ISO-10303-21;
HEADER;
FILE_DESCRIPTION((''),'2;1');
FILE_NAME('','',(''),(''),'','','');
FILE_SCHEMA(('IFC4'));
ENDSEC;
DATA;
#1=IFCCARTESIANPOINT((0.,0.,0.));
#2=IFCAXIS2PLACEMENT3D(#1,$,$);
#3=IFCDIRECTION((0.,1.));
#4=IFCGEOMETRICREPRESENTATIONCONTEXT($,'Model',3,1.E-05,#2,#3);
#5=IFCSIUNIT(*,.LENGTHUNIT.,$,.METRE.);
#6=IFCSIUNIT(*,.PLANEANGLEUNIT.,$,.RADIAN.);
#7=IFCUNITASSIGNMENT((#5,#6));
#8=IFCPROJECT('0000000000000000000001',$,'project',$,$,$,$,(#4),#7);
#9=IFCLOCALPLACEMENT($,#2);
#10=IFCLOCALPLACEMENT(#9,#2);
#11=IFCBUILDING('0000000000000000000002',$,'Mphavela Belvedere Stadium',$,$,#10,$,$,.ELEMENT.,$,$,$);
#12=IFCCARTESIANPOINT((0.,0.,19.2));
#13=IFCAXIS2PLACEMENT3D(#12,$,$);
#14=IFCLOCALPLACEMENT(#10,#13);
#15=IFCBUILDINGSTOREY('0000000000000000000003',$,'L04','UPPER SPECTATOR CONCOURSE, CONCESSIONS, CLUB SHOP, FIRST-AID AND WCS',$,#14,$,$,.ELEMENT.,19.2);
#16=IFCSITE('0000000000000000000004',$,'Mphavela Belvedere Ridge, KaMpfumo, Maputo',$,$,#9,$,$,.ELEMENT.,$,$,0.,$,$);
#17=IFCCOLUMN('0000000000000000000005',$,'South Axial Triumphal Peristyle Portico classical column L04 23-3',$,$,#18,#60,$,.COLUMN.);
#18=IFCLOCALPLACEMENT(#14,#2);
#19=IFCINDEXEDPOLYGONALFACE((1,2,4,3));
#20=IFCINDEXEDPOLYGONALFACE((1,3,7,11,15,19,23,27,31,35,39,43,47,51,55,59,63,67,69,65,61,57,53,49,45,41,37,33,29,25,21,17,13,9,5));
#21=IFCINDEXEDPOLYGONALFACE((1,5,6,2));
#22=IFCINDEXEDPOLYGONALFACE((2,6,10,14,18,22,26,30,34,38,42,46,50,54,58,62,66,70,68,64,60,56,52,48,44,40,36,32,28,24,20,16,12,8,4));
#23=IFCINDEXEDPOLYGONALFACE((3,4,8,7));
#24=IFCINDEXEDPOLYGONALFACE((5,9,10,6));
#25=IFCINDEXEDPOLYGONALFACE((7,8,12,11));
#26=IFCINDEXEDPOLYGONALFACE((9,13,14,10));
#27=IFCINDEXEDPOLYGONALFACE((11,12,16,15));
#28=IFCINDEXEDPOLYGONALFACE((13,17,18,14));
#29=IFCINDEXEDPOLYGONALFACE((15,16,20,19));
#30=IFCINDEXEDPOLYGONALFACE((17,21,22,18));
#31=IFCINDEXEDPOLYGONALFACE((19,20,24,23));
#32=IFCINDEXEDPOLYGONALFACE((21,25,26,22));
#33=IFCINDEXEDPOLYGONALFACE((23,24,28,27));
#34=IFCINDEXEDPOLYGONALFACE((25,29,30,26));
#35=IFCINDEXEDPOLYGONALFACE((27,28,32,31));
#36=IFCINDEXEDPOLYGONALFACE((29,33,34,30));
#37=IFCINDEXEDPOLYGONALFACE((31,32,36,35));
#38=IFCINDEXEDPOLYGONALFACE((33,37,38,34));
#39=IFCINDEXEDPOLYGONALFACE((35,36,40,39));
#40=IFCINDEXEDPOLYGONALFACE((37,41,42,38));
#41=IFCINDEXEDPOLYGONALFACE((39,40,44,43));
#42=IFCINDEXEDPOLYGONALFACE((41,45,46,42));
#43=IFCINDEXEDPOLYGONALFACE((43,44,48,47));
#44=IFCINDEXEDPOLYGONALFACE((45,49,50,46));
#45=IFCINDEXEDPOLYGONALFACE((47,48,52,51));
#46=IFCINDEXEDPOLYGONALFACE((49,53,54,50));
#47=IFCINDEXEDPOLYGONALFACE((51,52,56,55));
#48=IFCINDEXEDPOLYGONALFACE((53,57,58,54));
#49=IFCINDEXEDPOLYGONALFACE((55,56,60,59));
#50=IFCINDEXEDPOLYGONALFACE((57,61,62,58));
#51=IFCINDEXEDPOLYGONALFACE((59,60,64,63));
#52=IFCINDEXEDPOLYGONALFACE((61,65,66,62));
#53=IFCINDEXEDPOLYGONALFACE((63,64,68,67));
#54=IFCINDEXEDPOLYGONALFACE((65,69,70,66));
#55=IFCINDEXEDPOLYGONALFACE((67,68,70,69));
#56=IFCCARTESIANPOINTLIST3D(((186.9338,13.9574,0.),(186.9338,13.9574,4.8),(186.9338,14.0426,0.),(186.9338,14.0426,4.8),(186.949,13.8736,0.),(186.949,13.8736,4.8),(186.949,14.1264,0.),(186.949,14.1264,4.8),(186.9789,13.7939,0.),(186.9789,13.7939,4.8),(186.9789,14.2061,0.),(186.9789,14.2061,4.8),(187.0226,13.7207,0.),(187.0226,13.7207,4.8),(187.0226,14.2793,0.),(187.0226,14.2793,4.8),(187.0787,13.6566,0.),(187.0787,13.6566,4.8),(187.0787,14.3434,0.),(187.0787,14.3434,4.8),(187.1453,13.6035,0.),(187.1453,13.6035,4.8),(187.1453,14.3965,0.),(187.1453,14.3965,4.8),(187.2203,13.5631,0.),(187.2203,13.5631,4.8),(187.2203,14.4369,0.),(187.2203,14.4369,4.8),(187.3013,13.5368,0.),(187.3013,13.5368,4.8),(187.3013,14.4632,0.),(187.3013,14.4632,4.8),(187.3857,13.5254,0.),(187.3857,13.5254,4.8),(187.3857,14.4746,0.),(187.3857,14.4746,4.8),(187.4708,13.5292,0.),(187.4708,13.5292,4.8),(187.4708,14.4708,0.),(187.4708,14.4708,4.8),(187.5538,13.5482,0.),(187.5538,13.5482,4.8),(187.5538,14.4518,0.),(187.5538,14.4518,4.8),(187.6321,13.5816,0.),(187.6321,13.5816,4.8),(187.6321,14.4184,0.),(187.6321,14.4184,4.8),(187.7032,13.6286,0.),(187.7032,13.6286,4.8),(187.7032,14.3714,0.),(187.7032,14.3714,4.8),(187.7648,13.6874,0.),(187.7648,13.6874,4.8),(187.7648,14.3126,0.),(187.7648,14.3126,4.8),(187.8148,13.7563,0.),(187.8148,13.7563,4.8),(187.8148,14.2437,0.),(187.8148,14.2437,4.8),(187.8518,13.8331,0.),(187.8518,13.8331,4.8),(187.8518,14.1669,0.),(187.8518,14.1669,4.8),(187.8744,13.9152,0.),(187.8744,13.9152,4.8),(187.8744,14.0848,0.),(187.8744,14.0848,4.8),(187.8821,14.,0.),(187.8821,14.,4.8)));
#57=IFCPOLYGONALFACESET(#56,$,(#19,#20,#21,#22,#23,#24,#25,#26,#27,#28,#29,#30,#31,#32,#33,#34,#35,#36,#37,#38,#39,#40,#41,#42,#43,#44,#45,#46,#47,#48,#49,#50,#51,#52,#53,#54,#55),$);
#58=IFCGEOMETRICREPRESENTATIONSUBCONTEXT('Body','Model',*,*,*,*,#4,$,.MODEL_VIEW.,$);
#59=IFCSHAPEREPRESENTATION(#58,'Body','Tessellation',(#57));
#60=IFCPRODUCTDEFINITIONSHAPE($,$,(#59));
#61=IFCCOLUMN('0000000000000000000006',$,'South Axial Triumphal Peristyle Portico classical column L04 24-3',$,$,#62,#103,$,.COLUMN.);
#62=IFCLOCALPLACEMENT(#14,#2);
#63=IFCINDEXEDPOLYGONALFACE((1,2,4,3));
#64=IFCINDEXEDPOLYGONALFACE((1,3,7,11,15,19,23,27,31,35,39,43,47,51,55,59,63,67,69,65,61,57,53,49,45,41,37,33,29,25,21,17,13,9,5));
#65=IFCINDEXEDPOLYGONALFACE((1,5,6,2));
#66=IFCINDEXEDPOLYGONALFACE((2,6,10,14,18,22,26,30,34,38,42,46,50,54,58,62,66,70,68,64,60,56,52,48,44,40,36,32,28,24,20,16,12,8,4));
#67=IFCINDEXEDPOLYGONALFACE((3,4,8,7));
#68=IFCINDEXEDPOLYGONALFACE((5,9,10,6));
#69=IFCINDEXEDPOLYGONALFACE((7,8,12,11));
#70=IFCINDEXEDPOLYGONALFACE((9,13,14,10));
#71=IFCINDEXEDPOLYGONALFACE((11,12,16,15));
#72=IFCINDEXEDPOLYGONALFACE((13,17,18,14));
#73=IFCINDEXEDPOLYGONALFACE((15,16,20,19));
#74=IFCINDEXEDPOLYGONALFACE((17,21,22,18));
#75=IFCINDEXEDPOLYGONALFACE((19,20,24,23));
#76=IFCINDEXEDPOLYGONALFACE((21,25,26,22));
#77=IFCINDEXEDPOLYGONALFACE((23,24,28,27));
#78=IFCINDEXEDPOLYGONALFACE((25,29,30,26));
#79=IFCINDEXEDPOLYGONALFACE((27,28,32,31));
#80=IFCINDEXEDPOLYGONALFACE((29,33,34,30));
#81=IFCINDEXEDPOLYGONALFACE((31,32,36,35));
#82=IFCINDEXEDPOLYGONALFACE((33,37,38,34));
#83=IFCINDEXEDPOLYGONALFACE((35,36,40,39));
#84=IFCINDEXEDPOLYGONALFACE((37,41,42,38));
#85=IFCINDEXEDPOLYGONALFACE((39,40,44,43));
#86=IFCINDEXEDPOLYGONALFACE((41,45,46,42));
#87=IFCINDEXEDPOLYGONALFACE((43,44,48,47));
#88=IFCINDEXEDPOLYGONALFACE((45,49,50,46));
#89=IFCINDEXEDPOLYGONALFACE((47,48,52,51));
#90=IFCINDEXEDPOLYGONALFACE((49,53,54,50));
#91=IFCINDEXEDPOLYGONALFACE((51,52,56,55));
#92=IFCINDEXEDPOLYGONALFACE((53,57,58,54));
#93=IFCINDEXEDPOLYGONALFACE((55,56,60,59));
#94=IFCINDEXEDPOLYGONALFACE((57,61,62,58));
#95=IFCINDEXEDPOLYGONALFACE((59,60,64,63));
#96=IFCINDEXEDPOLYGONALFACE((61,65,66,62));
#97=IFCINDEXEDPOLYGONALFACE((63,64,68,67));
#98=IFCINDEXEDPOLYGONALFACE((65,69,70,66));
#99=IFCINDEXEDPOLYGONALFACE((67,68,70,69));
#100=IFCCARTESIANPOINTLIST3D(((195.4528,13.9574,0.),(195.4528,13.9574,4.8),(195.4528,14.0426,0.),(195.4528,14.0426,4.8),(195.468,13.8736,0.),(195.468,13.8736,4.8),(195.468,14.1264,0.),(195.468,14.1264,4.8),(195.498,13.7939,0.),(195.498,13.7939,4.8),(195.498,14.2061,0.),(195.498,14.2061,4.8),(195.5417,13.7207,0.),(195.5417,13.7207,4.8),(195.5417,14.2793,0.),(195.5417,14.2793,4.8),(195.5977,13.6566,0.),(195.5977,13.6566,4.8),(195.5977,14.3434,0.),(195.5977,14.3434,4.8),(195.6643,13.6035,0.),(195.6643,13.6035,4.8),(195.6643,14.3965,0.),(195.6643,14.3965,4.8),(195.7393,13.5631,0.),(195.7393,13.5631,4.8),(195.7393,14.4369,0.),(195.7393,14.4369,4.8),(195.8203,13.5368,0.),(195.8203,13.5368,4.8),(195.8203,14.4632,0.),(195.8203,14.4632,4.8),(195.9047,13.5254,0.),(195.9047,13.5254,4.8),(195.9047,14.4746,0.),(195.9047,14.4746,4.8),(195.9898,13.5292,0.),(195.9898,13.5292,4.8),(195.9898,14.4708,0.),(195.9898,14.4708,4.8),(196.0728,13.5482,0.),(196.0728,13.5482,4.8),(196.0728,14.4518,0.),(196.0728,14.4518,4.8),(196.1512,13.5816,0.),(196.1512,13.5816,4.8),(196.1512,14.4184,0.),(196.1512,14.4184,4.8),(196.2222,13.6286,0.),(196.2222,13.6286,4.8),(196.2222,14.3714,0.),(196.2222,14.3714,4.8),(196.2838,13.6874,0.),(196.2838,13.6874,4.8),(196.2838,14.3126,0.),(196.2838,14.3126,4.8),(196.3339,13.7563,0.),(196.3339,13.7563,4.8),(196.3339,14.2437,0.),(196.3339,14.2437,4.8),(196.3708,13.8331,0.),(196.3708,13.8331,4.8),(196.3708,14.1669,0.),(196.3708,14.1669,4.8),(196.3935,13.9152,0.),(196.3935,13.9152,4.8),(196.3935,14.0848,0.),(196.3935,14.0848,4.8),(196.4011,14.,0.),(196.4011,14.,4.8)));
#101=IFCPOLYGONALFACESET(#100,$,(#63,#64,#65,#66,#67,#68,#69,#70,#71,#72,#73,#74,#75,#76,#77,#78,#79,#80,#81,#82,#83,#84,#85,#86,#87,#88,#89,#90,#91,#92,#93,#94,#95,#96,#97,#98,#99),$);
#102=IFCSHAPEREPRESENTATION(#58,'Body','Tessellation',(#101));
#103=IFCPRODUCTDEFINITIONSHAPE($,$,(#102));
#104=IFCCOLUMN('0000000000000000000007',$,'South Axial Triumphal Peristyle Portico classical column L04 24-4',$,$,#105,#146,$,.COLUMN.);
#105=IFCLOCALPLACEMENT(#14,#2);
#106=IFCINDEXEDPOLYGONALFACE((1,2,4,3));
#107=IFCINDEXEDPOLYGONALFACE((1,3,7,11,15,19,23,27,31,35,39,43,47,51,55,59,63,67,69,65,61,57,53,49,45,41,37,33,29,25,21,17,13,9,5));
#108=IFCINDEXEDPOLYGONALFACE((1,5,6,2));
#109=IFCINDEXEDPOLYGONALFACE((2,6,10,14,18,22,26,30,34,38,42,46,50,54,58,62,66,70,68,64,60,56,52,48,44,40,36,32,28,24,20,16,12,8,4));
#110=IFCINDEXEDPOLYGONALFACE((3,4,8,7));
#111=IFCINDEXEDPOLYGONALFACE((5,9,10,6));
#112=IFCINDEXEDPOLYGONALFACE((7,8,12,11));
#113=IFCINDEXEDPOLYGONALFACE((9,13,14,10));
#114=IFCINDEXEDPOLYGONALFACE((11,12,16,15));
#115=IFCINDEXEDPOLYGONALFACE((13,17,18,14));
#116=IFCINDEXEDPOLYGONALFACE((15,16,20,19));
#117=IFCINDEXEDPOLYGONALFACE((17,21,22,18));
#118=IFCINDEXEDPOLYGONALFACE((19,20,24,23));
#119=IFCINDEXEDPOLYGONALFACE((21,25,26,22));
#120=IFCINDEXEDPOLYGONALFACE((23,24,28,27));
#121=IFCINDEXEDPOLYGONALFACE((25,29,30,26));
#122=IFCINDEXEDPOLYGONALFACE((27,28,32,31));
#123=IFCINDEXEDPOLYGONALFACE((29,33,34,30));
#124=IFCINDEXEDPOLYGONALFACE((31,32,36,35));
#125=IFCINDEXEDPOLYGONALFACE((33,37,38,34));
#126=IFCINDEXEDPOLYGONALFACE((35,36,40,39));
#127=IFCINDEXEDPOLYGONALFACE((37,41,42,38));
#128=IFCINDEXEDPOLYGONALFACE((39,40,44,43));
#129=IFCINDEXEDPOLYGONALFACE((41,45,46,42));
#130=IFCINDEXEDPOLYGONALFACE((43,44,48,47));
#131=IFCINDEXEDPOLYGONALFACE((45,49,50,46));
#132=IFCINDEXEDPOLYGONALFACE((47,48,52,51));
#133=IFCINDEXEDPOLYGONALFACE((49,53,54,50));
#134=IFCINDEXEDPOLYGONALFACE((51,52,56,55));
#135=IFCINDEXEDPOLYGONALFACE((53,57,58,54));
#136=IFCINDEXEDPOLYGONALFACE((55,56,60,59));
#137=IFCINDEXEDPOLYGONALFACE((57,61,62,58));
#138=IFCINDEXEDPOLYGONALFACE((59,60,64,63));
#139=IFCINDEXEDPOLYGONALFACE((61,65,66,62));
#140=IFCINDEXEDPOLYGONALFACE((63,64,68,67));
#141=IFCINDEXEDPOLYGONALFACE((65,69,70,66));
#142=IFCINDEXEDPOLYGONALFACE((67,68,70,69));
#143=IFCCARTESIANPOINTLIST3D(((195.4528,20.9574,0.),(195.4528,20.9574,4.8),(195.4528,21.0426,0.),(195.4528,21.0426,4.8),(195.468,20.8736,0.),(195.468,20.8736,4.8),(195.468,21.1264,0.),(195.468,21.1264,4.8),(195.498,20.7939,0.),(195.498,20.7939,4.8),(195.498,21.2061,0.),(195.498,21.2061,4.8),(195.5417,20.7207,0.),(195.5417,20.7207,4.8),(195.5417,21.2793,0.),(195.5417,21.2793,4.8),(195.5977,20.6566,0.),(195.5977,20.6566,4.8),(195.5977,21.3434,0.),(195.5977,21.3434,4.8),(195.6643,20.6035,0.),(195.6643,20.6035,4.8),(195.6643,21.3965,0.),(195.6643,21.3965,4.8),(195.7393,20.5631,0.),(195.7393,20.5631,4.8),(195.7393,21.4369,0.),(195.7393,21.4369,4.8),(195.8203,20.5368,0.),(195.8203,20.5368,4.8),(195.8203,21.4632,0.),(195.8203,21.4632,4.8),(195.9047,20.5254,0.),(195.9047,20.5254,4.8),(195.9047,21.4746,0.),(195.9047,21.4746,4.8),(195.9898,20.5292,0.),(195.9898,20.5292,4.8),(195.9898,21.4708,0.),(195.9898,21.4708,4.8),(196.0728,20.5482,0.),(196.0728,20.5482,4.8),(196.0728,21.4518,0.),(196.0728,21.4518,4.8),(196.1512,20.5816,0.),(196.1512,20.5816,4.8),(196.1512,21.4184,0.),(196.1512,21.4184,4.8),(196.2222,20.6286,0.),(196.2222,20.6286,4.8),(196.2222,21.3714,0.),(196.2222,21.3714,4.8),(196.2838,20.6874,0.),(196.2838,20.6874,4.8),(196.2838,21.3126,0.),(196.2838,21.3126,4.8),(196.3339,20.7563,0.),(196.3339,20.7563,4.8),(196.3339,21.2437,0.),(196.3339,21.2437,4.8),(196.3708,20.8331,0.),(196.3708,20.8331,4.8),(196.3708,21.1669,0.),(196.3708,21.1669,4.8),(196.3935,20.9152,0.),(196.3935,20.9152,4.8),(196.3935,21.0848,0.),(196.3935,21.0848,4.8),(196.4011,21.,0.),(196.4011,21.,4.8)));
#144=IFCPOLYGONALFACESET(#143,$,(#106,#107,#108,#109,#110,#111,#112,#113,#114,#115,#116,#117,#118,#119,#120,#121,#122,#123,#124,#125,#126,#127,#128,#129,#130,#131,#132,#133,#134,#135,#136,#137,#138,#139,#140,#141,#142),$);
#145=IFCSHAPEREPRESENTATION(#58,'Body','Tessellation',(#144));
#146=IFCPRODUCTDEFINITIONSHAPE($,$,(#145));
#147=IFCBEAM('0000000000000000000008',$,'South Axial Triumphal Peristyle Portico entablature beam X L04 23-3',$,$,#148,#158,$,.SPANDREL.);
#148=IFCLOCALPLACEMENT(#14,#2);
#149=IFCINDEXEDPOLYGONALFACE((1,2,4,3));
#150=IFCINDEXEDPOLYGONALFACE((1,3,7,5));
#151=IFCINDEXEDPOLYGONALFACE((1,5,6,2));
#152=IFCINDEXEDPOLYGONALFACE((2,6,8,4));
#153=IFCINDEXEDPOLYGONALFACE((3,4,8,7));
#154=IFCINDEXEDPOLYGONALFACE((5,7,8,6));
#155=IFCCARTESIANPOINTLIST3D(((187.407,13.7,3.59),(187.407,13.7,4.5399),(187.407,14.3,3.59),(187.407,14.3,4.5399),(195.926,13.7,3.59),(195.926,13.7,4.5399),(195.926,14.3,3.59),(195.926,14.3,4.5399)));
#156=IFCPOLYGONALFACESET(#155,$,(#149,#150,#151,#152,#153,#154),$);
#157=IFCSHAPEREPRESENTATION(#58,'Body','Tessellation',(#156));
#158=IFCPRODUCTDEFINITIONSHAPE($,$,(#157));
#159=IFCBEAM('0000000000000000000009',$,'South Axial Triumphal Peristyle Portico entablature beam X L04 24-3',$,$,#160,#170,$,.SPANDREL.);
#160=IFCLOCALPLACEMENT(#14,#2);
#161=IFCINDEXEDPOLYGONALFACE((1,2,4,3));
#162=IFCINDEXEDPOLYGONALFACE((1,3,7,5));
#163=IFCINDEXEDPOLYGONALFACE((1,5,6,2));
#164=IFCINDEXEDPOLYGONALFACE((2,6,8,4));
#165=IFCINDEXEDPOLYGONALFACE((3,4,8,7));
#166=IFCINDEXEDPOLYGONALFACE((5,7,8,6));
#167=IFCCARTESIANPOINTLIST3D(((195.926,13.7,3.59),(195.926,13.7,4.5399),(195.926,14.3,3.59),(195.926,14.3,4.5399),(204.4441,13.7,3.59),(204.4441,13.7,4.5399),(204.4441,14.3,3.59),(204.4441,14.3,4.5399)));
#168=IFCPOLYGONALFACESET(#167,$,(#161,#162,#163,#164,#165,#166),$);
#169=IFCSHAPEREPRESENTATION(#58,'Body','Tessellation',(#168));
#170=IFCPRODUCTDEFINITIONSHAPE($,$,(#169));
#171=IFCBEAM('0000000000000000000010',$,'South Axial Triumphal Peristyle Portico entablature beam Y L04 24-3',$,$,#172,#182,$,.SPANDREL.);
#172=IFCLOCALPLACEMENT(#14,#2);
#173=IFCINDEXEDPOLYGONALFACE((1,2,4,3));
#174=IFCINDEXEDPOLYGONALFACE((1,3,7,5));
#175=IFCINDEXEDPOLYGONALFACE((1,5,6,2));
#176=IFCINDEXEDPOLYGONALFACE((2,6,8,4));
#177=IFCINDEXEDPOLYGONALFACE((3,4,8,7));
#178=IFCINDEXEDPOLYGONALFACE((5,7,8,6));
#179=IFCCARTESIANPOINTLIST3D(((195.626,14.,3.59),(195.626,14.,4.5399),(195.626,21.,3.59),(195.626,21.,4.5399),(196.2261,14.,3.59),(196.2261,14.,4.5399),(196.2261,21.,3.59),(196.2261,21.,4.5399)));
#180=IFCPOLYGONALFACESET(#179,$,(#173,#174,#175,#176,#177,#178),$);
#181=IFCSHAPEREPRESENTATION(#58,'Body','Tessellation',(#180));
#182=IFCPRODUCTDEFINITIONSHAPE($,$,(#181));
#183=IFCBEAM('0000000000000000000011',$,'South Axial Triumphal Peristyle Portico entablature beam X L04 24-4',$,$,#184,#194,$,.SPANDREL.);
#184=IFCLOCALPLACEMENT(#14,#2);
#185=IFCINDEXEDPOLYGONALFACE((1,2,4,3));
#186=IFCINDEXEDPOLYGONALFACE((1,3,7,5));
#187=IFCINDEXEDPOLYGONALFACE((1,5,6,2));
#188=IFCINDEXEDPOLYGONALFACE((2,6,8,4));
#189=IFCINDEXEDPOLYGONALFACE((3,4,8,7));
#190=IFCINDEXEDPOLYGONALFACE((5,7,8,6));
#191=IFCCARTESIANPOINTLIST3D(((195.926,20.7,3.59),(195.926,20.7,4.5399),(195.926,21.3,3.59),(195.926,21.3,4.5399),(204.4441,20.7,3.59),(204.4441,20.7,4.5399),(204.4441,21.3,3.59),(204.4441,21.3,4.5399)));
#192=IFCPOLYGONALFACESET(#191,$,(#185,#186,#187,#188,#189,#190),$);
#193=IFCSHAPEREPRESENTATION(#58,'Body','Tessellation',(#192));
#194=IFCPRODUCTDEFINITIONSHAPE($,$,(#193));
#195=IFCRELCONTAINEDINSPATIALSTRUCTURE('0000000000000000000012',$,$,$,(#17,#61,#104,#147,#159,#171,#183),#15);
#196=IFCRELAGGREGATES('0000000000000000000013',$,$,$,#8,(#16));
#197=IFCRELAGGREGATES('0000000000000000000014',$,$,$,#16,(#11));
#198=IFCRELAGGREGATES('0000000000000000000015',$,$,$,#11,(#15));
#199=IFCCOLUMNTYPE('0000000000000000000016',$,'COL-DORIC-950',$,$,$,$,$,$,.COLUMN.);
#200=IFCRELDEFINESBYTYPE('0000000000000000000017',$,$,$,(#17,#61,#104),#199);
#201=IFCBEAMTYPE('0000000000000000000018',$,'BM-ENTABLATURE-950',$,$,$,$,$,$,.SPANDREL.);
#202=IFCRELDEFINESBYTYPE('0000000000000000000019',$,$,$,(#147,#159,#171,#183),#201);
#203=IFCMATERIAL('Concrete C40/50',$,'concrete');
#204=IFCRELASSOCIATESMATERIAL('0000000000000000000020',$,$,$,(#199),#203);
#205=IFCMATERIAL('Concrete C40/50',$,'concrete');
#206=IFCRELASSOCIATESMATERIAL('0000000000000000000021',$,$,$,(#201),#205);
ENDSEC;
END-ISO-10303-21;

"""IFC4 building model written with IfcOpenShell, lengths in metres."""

from ifc_helpers import new_model, si_unit, direction, frame, origin, origin_2d, place, context, subcontext, project, spatial, rectangle, circle, extrude, material, material_profile, profile_set, type_object, element, save


model = new_model("IFC4")

# Units and contexts
model_context = context("Model", 3, precision=1e-05, world=origin(), true_north=direction((0.0, 1.0)))
body_context = subcontext(model_context, "Body", "Model", "MODEL_VIEW")
ifc_project = project(units=[si_unit("LENGTHUNIT", "METRE"), si_unit("PLANEANGLEUNIT", "RADIAN")], contexts=[model_context])

# Site, building, storey
site_placement = place(None, origin())
site = spatial("IfcSite", under=ifc_project, at=site_placement, Name="Mphavela Belvedere Ridge, KaMpfumo, Maputo", CompositionType="ELEMENT", RefElevation=0.0)
building_placement = place(site_placement, origin())
building = spatial("IfcBuilding", under=site, at=building_placement, Name="Mphavela Belvedere Stadium", CompositionType="ELEMENT")
storey_placement = place(building_placement, frame((0.0, 0.0, 19.2)))
storey = spatial("IfcBuildingStorey", under=building, at=storey_placement, Name="L04", Description="UPPER SPECTATOR CONCOURSE, CONCESSIONS, CLUB SHOP, FIRST-AID AND WCS", CompositionType="ELEMENT", Elevation=19.2)

# Columns
ifc_material_1 = material(Name="Concrete C40/50", Category="concrete")
ifc_material_profile_1 = material_profile(ifc_material_1, circle(Radius=0.4751, at=origin_2d()), Name="COL D950")
ifc_profile_set_1 = profile_set([ifc_material_profile_1], Name="Concrete C40/50")
column_type = type_object("IfcColumnType", Name="COL-DORIC-950", PredefinedType="COLUMN", material=ifc_profile_set_1)
for number, where, z_axis, x_axis, name in (
    (1, (187.407, 14.0, 0.0), (0.0, 0.0, 1.0), (1.0, 0.0, 0.0), "South Axial Triumphal Peristyle Portico classical column L04 23-3"),
    (2, (195.926, 14.0, 0.0), (0.0, 0.0, 1.0), (1.0, 0.0, 0.0), "South Axial Triumphal Peristyle Portico classical column L04 24-3"),
    (3, (195.926, 21.0, 0.0), (0.0, 0.0, 1.0), (1.0, 0.0, 0.0), "South Axial Triumphal Peristyle Portico classical column L04 24-4"),
):
    element("IfcColumn", number, at=place(storey_placement, frame(where, z_axis=z_axis, x_axis=x_axis)), inside=storey, type_object=column_type, Name=name, PredefinedType="COLUMN", context=body_context, shape_type="SweptSolid", body=[
        extrude(circle(Radius=0.4751, at=origin_2d()), origin(), (0.0, 0.0, 1.0), 4.8),
    ])

# Beams
ifc_material_2 = material(Name="Concrete C40/50", Category="concrete")
ifc_material_profile_2 = material_profile(ifc_material_2, rectangle(XDim=0.6001, YDim=0.95, at=origin_2d()), Name="RC 600x950")
ifc_profile_set_2 = profile_set([ifc_material_profile_2], Name="Concrete C40/50")
beam_type_1 = type_object("IfcBeamType", Name="BM-ENTABLATURE-950", PredefinedType="SPANDREL", material=ifc_profile_set_2)
beam_1_placement = place(storey_placement, frame((187.407, 14.0, 4.0649), z_axis=(1.0, 0.0, 0.0), x_axis=(0.0, 1.0, 0.0)))
element("IfcBeam", 4, at=beam_1_placement, inside=storey, type_object=beam_type_1, Name="South Axial Triumphal Peristyle Portico entablature beam X L04 23-3", PredefinedType="SPANDREL", context=body_context, shape_type="SweptSolid", body=[
    extrude(rectangle(XDim=0.6001, YDim=0.95, at=origin_2d()), origin(), (0.0, 0.0, 1.0), 8.519),
])
beam_2_placement = place(storey_placement, frame((195.926, 14.0, 4.0649), z_axis=(1.0, 0.0, 0.0), x_axis=(0.0, 1.0, 0.0)))
element("IfcBeam", 5, at=beam_2_placement, inside=storey, type_object=beam_type_1, Name="South Axial Triumphal Peristyle Portico entablature beam X L04 24-3", PredefinedType="SPANDREL", context=body_context, shape_type="SweptSolid", body=[
    extrude(rectangle(XDim=0.6001, YDim=0.95, at=origin_2d()), origin(), (0.0, 0.0, 1.0), 8.5181),
])
beam_3_placement = place(storey_placement, frame((195.926, 14.0, 4.0649), z_axis=(0.0, 1.0, 0.0), x_axis=(-1.0, 0.0, 0.0)))
element("IfcBeam", 6, at=beam_3_placement, inside=storey, type_object=beam_type_1, Name="South Axial Triumphal Peristyle Portico entablature beam Y L04 24-3", PredefinedType="SPANDREL", context=body_context, shape_type="SweptSolid", body=[
    extrude(rectangle(XDim=0.6001, YDim=0.95, at=origin_2d()), origin(), (0.0, 0.0, 1.0), 7.0),
])
beam_4_placement = place(storey_placement, frame((195.926, 21.0, 4.0649), z_axis=(1.0, 0.0, 0.0), x_axis=(0.0, 1.0, 0.0)))
element("IfcBeam", 7, at=beam_4_placement, inside=storey, type_object=beam_type_1, Name="South Axial Triumphal Peristyle Portico entablature beam X L04 24-4", PredefinedType="SPANDREL", context=body_context, shape_type="SweptSolid", body=[
    extrude(rectangle(XDim=0.6001, YDim=0.95, at=origin_2d()), origin(), (0.0, 0.0, 1.0), 8.5181),
])

save(model, "model.ifc")
